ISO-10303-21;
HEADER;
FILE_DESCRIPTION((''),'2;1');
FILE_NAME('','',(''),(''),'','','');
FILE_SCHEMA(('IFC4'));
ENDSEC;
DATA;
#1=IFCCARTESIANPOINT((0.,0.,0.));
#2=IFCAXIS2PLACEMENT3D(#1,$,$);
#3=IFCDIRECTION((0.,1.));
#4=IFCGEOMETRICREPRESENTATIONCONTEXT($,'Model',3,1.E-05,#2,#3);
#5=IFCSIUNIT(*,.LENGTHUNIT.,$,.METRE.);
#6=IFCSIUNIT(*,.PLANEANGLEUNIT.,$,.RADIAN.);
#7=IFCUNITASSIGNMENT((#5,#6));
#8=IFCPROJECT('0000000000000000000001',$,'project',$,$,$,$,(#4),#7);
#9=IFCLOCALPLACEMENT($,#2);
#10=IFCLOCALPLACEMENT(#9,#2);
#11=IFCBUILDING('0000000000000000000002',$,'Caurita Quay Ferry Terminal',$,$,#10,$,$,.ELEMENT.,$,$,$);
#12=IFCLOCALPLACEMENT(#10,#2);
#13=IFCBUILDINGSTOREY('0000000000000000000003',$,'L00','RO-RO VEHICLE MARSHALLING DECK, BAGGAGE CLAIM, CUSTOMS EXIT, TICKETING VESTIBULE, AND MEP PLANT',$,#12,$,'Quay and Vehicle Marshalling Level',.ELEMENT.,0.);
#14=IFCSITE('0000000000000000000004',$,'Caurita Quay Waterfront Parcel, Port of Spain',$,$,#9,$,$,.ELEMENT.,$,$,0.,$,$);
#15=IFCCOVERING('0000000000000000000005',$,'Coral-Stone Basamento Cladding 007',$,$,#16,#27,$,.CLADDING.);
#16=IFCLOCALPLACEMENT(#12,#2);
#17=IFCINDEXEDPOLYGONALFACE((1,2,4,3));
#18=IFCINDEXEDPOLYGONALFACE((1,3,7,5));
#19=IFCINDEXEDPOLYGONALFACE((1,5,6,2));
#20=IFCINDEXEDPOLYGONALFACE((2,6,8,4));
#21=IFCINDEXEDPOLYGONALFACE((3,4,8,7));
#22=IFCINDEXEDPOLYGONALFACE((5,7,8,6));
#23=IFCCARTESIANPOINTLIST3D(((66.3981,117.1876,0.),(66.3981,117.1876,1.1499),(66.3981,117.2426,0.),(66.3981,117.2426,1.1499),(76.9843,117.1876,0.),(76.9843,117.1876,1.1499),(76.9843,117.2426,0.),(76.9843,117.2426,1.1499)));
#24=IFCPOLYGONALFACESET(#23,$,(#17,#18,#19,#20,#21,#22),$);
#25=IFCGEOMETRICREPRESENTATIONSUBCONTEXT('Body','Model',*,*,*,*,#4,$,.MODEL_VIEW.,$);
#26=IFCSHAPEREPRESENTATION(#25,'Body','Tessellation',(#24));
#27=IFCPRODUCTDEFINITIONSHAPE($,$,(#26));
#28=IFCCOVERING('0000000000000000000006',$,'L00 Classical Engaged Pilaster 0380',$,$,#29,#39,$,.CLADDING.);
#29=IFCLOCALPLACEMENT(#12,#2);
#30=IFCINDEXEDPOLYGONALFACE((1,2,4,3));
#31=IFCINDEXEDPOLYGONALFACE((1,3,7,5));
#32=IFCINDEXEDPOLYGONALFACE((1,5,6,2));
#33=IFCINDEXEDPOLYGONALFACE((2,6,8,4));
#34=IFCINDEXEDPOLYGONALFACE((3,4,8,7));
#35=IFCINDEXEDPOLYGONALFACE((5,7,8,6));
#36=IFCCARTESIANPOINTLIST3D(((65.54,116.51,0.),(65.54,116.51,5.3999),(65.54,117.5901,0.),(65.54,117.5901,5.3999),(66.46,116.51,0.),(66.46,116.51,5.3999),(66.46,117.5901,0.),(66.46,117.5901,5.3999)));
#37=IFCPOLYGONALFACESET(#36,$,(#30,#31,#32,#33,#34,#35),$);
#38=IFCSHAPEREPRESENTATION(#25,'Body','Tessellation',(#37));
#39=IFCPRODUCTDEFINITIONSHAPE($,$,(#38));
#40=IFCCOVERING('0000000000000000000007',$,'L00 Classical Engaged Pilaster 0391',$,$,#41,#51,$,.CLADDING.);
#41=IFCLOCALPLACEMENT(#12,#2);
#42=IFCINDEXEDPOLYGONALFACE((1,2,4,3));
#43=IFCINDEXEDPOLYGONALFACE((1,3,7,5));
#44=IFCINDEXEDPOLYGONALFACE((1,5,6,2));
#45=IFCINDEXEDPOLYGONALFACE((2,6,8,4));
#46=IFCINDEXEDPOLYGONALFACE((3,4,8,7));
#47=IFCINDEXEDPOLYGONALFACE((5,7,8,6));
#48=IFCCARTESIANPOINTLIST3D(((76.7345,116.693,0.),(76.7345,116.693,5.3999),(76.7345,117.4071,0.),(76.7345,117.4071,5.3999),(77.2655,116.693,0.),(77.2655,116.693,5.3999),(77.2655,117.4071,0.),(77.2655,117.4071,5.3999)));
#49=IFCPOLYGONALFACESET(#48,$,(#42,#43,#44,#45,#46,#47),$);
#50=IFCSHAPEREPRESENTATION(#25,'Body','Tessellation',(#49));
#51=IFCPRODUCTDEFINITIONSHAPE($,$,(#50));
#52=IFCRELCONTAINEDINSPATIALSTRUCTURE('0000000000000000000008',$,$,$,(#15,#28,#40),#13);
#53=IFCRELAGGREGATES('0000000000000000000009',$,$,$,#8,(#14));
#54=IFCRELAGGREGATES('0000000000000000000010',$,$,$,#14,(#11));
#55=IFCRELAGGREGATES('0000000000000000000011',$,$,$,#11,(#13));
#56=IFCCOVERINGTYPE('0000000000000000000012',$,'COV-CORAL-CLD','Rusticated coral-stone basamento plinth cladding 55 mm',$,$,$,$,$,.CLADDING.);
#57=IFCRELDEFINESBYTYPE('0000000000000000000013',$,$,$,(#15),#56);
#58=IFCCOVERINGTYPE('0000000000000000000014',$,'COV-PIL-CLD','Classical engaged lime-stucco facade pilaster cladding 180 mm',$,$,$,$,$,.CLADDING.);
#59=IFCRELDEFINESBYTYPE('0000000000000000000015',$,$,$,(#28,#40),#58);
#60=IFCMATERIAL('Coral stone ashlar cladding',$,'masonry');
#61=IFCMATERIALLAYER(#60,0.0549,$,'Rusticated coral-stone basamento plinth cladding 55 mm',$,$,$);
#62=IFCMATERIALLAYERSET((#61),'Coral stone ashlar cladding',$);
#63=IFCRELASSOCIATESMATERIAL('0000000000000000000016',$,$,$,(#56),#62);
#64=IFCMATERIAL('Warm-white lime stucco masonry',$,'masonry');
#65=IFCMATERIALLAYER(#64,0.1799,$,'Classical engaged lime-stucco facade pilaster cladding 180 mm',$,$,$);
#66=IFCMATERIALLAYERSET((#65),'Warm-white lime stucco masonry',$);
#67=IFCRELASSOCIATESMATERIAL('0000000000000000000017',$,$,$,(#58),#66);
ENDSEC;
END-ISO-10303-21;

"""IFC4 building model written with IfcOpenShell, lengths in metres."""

from ifc_helpers import new_model, si_unit, direction, frame, frame_2d, origin, origin_2d, place, context, subcontext, project, spatial, rectangle, extrude, material, layer, layer_set, type_object, element, save


model = new_model("IFC4")

# Units and contexts
model_context = context("Model", 3, precision=1e-05, world=origin(), true_north=direction((0.0, 1.0)))
body_context = subcontext(model_context, "Body", "Model", "MODEL_VIEW")
ifc_project = project(units=[si_unit("LENGTHUNIT", "METRE"), si_unit("PLANEANGLEUNIT", "RADIAN")], contexts=[model_context])

# Site, building, storey
site_placement = place(None, origin())
site = spatial("IfcSite", under=ifc_project, at=site_placement, Name="Caurita Quay Waterfront Parcel, Port of Spain", CompositionType="ELEMENT", RefElevation=0.0)
building_placement = place(site_placement, origin())
building = spatial("IfcBuilding", under=site, at=building_placement, Name="Caurita Quay Ferry Terminal", CompositionType="ELEMENT")
storey_placement = place(building_placement, origin())
storey = spatial("IfcBuildingStorey", under=building, at=storey_placement, Name="L00", Description="RO-RO VEHICLE MARSHALLING DECK, BAGGAGE CLAIM, CUSTOMS EXIT, TICKETING VESTIBULE, AND MEP PLANT", LongName="Quay and Vehicle Marshalling Level", CompositionType="ELEMENT", Elevation=0.0)

# Shared definitions
ifc_material_1 = material(Name="Warm-white lime stucco masonry", Category="masonry")

# Shared definitions
ifc_material_2 = material(Name="Coral stone ashlar cladding", Category="masonry")

# Coverings
ifc_layer_1 = layer(ifc_material_2, 0.0549, Name="Rusticated coral-stone basamento plinth cladding 55 mm")
ifc_layer_set_1 = layer_set([ifc_layer_1], Name="Coral stone ashlar cladding")
covering_type_1 = type_object("IfcCoveringType", Name="COV-CORAL-CLD", Description="Rusticated coral-stone basamento plinth cladding 55 mm", PredefinedType="CLADDING", material=ifc_layer_set_1)
covering_1_placement = place(storey_placement, frame((76.9841, 117.2151, 0.0), z_axis=(0.0, 0.0, 1.0), x_axis=(-1.0, 0.0, 0.0)))
element("IfcCovering", 1, at=covering_1_placement, inside=storey, type_object=covering_type_1, Name="Coral-Stone Basamento Cladding 007", PredefinedType="CLADDING", context=body_context, shape_type="SweptSolid", body=[
    extrude(rectangle(XDim=10.5862, YDim=0.0549, at=frame_2d((5.293, 0.0))), origin(), (0.0, 0.0, 1.0), 1.1499),
])
ifc_layer_2 = layer(ifc_material_1, 0.1799, Name="Classical engaged lime-stucco facade pilaster cladding 180 mm")
ifc_layer_set_2 = layer_set([ifc_layer_2], Name="Warm-white lime stucco masonry")
covering_type_2 = type_object("IfcCoveringType", Name="COV-PIL-CLD", Description="Classical engaged lime-stucco facade pilaster cladding 180 mm", PredefinedType="CLADDING", material=ifc_layer_set_2)
covering_2_placement = place(storey_placement, frame((66.0, 117.05, 0.0), z_axis=(0.0, 0.0, 1.0), x_axis=(1.0, 0.0, 0.0)))
element("IfcCovering", 2, at=covering_2_placement, inside=storey, type_object=covering_type_2, Name="L00 Classical Engaged Pilaster 0380", PredefinedType="CLADDING", context=body_context, shape_type="SweptSolid", body=[
    extrude(rectangle(XDim=0.9199, YDim=1.0801, at=origin_2d()), origin(), (0.0, 0.0, 1.0), 5.3999),
])
covering_3_placement = place(storey_placement, frame((77.0, 117.05, 0.0), z_axis=(0.0, 0.0, 1.0), x_axis=(1.0, 0.0, 0.0)))
element("IfcCovering", 3, at=covering_3_placement, inside=storey, type_object=covering_type_2, Name="L00 Classical Engaged Pilaster 0391", PredefinedType="CLADDING", context=body_context, shape_type="SweptSolid", body=[
    extrude(rectangle(XDim=0.531, YDim=0.7141, at=origin_2d()), origin(), (0.0, 0.0, 1.0), 5.3999),
])

save(model, "model.ifc")
